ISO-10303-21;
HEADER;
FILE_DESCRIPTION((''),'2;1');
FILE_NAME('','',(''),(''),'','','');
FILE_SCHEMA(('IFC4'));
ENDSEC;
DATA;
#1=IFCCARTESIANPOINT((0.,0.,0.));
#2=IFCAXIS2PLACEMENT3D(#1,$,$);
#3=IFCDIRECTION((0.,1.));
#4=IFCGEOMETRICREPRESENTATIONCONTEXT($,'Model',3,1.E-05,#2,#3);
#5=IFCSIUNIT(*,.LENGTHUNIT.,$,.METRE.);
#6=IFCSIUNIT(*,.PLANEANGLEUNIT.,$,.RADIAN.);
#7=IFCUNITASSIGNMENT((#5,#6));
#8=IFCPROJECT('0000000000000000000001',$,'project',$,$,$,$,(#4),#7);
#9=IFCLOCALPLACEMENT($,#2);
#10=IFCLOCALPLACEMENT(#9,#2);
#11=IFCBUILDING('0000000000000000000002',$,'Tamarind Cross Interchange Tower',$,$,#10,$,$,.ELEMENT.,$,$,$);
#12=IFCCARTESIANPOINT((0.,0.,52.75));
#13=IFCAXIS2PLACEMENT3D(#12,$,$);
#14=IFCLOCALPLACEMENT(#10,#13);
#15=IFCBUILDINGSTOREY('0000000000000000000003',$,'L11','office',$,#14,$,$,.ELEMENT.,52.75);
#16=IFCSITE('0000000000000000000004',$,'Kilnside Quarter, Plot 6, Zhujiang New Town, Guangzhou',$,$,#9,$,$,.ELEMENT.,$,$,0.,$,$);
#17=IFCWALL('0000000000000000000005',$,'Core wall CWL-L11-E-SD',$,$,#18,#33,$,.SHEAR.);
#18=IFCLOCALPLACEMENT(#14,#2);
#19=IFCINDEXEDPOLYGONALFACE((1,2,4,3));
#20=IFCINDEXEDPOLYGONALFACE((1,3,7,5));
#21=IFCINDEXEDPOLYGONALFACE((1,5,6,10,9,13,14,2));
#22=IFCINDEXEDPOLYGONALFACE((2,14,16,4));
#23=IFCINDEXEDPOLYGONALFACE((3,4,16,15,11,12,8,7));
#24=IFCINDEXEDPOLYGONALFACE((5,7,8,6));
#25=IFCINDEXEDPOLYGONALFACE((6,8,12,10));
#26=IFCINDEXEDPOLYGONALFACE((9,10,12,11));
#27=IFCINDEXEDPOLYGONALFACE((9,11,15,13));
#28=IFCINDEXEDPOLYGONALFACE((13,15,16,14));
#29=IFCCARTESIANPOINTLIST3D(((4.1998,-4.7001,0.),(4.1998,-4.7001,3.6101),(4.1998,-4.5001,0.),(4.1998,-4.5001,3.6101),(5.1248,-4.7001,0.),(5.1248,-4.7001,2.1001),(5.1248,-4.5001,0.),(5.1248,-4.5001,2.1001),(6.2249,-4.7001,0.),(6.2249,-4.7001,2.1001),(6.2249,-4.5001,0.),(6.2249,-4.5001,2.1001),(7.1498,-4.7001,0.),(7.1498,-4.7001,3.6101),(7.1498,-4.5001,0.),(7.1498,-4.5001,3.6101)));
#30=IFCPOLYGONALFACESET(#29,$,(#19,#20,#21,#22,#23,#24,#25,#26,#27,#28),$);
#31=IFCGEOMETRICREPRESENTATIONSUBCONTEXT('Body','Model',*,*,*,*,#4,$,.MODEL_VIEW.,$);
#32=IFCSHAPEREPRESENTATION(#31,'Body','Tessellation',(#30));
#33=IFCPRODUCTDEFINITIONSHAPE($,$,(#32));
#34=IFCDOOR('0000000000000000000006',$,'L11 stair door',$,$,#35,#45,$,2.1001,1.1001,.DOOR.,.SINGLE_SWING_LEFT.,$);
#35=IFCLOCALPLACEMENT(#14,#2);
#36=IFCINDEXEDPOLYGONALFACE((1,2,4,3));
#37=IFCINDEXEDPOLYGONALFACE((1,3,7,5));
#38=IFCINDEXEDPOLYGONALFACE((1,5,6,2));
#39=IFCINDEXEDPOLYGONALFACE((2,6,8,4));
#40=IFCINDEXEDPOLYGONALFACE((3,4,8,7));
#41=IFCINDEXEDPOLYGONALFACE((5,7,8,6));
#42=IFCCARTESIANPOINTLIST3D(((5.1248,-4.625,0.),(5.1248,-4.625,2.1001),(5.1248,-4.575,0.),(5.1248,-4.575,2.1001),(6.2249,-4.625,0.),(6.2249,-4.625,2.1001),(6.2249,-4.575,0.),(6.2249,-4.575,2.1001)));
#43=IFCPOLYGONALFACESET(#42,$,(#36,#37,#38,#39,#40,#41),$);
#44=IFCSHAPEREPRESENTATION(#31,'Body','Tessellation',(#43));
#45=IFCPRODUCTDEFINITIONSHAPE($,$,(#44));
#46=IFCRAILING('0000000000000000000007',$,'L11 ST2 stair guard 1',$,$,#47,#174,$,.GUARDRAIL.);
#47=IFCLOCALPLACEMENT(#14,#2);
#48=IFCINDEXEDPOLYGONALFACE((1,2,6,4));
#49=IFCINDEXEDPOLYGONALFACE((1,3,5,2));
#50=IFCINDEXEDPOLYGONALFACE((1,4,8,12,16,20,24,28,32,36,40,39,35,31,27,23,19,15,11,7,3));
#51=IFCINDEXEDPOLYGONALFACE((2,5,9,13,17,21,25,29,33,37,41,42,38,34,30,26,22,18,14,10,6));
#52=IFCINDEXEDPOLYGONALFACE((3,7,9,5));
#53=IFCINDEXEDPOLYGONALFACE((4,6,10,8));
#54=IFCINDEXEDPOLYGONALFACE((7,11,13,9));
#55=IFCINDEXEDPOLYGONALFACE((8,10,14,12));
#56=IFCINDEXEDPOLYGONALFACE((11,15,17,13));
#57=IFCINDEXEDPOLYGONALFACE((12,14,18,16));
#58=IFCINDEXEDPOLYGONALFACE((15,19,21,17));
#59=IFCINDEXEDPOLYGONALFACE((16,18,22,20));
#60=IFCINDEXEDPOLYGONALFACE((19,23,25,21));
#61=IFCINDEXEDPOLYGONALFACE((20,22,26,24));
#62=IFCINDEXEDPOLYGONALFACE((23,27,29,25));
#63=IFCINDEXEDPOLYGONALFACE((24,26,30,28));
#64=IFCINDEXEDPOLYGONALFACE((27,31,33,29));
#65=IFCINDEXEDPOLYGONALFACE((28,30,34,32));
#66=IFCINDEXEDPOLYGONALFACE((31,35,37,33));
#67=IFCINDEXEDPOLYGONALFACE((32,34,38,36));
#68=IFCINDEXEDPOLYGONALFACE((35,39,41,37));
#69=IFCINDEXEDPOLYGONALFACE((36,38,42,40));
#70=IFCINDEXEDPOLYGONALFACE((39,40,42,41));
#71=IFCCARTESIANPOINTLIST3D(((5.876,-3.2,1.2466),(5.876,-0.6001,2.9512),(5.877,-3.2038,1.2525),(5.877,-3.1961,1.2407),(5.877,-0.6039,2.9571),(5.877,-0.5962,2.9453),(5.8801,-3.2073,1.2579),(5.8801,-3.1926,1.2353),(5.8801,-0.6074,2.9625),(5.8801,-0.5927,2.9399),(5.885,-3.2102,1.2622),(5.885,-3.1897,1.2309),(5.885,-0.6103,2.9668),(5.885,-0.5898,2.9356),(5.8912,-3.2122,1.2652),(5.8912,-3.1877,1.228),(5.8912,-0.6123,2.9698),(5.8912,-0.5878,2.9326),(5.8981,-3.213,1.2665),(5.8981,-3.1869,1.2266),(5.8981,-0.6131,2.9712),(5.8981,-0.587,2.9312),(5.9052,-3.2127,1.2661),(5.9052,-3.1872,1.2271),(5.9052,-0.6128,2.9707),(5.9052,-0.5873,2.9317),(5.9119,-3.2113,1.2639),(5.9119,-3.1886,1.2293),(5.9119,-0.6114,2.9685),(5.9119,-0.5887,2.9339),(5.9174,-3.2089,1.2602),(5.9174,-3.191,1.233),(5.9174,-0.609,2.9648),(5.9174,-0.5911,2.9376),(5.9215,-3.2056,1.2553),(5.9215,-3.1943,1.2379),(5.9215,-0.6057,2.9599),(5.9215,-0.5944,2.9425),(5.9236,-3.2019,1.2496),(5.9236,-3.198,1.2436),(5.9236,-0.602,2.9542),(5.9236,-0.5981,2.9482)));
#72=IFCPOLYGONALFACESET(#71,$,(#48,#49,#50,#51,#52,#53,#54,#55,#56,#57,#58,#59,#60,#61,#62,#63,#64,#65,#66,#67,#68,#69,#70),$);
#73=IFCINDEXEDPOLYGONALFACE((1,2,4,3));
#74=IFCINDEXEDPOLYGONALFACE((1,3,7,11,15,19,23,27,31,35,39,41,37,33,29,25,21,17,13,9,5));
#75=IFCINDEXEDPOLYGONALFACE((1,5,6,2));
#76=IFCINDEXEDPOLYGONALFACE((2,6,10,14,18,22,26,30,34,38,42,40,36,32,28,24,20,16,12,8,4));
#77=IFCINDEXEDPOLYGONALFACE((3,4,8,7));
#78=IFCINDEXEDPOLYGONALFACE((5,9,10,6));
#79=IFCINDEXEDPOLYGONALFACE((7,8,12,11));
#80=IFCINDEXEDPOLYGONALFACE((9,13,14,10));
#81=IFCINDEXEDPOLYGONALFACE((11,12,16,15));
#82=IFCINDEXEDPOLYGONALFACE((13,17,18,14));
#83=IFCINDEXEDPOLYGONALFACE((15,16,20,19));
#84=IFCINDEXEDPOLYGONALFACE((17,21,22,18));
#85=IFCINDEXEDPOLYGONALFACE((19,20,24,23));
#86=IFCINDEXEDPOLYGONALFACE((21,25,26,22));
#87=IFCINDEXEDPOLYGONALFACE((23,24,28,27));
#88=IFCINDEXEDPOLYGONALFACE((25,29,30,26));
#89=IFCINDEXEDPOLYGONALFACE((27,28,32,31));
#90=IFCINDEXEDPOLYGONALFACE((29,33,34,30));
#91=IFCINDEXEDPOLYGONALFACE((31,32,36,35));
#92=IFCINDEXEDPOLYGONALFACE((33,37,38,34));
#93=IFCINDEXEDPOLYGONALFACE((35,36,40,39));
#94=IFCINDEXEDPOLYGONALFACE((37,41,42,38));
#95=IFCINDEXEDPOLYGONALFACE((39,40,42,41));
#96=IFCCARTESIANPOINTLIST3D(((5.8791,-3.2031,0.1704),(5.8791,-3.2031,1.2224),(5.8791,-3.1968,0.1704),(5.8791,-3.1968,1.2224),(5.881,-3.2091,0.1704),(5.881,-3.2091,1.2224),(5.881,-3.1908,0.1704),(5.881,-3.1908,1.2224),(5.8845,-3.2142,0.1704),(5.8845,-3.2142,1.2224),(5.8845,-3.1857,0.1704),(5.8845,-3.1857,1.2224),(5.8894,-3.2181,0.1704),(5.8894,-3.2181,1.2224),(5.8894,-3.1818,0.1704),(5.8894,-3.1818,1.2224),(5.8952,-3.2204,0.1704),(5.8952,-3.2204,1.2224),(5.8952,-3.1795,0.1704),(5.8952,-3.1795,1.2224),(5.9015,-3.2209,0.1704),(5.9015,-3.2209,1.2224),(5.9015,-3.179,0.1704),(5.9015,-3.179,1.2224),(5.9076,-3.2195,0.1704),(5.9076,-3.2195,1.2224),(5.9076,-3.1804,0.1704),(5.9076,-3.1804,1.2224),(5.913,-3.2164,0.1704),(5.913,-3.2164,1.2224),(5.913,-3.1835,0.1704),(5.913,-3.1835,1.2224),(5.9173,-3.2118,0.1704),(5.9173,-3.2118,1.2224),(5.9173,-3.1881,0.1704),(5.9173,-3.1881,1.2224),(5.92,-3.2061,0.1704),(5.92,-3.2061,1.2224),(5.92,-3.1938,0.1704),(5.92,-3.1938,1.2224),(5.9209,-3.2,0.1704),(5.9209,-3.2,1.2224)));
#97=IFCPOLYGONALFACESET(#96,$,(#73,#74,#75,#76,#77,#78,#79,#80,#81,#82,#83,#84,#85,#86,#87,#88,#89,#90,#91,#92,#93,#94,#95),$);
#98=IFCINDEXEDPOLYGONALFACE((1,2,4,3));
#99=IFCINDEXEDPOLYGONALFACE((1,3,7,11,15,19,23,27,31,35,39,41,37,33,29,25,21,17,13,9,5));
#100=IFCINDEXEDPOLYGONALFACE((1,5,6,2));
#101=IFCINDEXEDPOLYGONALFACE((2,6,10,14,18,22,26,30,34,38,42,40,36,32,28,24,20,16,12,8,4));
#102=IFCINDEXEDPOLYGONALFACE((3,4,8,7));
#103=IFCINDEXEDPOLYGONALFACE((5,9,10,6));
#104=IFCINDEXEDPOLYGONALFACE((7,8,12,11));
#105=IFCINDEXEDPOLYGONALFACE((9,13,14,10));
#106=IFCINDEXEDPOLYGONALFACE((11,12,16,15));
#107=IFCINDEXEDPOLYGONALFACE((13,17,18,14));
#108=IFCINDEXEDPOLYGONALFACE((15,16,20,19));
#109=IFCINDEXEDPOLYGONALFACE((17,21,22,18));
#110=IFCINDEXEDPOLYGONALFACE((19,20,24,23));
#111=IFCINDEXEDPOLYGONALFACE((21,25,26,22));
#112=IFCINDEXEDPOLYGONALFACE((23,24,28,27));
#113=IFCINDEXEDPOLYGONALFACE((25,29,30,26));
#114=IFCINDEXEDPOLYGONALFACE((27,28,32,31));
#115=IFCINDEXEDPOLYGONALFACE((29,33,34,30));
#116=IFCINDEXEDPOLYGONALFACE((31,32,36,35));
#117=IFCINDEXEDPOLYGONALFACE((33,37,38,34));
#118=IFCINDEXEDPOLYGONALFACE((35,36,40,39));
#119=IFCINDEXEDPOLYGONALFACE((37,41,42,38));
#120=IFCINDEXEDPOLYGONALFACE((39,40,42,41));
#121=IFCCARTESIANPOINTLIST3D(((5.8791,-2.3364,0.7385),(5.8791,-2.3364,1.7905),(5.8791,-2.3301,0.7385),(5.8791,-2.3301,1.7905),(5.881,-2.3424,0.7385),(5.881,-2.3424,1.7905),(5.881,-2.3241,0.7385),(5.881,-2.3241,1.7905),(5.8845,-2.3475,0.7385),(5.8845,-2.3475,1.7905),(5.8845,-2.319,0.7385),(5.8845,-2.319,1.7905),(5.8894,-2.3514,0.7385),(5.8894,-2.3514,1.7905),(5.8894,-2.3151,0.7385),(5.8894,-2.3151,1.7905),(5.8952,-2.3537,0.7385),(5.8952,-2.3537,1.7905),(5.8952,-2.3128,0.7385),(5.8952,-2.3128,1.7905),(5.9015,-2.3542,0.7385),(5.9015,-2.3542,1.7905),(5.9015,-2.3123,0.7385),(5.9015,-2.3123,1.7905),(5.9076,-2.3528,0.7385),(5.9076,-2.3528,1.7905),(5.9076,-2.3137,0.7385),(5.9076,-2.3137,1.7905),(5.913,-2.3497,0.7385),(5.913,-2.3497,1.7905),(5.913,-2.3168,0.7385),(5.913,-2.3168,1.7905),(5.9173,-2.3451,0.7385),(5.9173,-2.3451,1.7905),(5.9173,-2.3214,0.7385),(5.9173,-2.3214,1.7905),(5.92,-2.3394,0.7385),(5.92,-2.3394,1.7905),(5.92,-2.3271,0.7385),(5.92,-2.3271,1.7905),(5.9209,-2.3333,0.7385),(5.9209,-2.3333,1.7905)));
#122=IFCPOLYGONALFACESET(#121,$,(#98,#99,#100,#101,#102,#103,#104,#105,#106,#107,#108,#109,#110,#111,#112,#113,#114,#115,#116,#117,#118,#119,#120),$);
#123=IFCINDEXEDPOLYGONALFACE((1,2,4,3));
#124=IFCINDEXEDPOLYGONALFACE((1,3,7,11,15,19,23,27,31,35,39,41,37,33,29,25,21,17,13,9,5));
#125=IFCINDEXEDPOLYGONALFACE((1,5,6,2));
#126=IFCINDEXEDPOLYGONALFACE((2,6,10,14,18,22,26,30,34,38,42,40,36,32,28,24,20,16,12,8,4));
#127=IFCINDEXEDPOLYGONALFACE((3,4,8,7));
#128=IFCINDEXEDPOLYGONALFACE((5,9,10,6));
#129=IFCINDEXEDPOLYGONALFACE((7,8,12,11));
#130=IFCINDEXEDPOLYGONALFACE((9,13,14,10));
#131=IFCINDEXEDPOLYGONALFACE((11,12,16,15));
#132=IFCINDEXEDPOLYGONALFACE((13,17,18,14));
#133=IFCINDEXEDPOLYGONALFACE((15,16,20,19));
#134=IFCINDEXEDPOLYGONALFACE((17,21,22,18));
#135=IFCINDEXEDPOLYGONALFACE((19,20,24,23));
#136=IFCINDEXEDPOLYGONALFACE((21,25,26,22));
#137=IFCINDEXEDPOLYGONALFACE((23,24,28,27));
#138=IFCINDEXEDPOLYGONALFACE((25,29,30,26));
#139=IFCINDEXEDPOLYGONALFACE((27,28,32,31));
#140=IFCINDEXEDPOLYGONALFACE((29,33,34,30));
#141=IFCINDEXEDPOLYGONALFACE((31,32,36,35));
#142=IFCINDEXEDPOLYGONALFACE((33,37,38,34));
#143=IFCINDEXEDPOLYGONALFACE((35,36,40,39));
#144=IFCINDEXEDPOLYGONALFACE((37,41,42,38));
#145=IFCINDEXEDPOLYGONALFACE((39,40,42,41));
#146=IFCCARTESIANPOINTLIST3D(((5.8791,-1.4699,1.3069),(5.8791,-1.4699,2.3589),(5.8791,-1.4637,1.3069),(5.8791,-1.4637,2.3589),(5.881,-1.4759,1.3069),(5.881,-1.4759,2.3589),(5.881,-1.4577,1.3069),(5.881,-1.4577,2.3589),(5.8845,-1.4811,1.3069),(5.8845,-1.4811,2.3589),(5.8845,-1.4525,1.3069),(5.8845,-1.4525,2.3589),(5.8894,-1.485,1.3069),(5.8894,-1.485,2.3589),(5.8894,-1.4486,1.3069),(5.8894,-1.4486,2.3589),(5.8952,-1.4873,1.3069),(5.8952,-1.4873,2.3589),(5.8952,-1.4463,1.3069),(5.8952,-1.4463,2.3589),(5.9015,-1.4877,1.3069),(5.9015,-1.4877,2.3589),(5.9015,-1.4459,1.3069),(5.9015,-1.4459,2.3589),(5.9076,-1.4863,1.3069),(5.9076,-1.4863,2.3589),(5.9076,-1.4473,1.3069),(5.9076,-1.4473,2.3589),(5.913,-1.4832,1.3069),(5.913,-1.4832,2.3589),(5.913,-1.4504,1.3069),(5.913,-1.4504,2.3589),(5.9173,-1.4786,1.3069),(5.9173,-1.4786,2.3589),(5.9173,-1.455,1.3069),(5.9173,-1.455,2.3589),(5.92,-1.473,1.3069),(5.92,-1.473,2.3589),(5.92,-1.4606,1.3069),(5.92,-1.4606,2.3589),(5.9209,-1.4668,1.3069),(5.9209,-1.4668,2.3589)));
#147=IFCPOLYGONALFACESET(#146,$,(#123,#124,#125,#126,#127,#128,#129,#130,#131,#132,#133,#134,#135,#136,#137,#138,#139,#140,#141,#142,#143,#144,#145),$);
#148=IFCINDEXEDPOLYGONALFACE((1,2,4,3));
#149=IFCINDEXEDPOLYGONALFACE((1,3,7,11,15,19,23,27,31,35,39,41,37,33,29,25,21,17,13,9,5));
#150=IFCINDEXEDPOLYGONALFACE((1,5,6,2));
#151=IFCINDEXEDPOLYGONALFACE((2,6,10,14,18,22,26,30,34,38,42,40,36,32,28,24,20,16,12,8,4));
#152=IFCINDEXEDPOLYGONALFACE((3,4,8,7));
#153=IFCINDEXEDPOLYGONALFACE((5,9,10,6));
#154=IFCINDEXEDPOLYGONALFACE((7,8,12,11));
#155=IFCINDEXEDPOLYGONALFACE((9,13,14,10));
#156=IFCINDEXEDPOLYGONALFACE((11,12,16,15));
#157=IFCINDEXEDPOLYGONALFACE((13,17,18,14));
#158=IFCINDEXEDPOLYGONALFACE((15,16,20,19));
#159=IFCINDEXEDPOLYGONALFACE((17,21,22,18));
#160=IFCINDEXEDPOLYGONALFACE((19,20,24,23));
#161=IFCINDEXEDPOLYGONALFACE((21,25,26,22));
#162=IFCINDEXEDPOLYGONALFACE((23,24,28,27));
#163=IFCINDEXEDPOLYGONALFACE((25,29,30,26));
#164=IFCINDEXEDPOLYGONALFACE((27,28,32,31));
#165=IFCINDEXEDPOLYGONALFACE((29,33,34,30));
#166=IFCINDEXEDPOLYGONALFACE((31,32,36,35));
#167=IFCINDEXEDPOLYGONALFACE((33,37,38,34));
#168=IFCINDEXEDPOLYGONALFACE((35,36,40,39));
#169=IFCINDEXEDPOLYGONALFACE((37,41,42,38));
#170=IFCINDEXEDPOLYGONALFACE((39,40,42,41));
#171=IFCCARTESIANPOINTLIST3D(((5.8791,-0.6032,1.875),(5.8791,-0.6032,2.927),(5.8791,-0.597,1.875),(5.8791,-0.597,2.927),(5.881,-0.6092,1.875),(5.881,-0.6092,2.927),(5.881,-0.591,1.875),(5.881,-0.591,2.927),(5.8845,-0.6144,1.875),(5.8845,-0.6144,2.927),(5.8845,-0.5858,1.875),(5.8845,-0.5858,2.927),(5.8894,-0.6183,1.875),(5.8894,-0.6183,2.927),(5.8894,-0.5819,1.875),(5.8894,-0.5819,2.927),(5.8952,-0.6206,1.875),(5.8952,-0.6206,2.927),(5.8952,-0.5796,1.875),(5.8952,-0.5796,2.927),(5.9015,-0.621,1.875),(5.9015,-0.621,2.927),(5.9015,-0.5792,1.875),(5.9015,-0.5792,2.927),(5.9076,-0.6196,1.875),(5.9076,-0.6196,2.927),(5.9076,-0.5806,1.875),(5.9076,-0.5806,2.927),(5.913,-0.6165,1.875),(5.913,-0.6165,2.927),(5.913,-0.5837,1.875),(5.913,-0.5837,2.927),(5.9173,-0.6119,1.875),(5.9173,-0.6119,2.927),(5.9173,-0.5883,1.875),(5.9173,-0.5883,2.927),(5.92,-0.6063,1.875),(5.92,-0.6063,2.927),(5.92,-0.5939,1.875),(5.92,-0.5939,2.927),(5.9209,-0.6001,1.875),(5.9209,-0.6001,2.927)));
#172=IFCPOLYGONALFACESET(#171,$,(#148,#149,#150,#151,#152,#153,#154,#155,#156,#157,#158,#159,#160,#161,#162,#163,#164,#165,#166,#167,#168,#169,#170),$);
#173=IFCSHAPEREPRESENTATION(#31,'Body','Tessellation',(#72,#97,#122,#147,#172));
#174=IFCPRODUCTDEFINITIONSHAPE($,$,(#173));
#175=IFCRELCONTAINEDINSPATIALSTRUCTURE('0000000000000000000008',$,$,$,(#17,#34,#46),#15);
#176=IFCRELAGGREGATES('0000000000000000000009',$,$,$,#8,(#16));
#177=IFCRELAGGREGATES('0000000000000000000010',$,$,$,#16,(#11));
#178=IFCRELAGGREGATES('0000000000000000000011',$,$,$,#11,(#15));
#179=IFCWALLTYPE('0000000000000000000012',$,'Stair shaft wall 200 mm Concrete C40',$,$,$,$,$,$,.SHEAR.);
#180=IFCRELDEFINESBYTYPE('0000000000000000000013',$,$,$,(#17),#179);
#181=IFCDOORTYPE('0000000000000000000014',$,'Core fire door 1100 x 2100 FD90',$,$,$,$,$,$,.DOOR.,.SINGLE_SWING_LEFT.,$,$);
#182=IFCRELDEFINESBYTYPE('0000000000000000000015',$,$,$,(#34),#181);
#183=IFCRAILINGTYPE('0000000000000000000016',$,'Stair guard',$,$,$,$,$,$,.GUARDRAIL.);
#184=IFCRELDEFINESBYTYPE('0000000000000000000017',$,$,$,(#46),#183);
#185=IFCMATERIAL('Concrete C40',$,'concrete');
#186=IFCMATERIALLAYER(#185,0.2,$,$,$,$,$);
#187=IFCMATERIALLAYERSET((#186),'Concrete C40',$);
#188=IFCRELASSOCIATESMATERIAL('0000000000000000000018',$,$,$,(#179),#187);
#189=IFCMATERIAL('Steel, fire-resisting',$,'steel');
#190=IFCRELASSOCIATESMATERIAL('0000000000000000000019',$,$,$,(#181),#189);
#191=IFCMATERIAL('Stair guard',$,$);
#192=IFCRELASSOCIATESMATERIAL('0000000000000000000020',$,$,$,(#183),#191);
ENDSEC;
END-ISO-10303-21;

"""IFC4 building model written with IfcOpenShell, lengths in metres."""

from ifc_helpers import new_model, si_unit, direction, frame, frame_2d, origin, origin_2d, place, context, subcontext, project, spatial, rectangle, circle, extrude, material, layer, layer_set, type_object, element, fill, save


model = new_model("IFC4")

# Units and contexts
model_context = context("Model", 3, precision=1e-05, world=origin(), true_north=direction((0.0, 1.0)))
body_context = subcontext(model_context, "Body", "Model", "MODEL_VIEW")
ifc_project = project(units=[si_unit("LENGTHUNIT", "METRE"), si_unit("PLANEANGLEUNIT", "RADIAN")], contexts=[model_context])

# Site, building, storey
site_placement = place(None, origin())
site = spatial("IfcSite", under=ifc_project, at=site_placement, Name="Kilnside Quarter, Plot 6, Zhujiang New Town, Guangzhou", CompositionType="ELEMENT", RefElevation=0.0)
building_placement = place(site_placement, origin())
building = spatial("IfcBuilding", under=site, at=building_placement, Name="Tamarind Cross Interchange Tower", CompositionType="ELEMENT")
storey_placement = place(building_placement, frame((0.0, 0.0, 52.75)))
storey = spatial("IfcBuildingStorey", under=building, at=storey_placement, Name="L11", Description="office", CompositionType="ELEMENT", Elevation=52.75)

# Shared definitions
ifc_material_1 = material(Name="Steel, fire-resisting", Category="steel")

# Wall, opening, door
ifc_material_2 = material(Name="Concrete C40", Category="concrete")
ifc_layer_1 = layer(ifc_material_2, 0.2)
ifc_layer_set_1 = layer_set([ifc_layer_1], Name="Concrete C40")
wall_type_1 = type_object("IfcWallType", Name="Stair shaft wall 200 mm Concrete C40", PredefinedType="SHEAR", material=ifc_layer_set_1)
wall_1_placement = place(storey_placement, frame((7.1499, -4.6001, 0.0), z_axis=(0.0, 0.0, 1.0), x_axis=(-1.0, 0.0, 0.0)))
wall_1 = element("IfcWall", 1, at=wall_1_placement, inside=storey, type_object=wall_type_1, Name="Core wall CWL-L11-E-SD", PredefinedType="SHEAR", context=body_context, shape_type="SweptSolid", body=[
    extrude(rectangle(XDim=2.95, YDim=0.2, at=frame_2d((1.4751, 0.0))), origin(), (0.0, 0.0, 1.0), 3.6101),
])
opening_1_placement = place(wall_1_placement, frame((0.925, 0.0, 0.0)))
opening_1 = element("IfcOpeningElement", 2, at=opening_1_placement, cuts=wall_1, PredefinedType="OPENING", context=body_context, shape_type="SweptSolid", body=[
    extrude(rectangle(XDim=1.1001, YDim=2.1001, at=frame_2d((0.55, 1.05))), frame((0.0, 0.1099, 0.0), z_axis=(0.0, -1.0, 0.0), x_axis=(1.0, 0.0, 0.0)), (0.0, 0.0, 1.0), 0.22),
])
door_type_1 = type_object("IfcDoorType", Name="Core fire door 1100 x 2100 FD90", OperationType="SINGLE_SWING_LEFT", PredefinedType="DOOR", material=ifc_material_1)
door_1_placement = place(opening_1_placement, origin())
door_1 = element("IfcDoor", 3, at=door_1_placement, inside=storey, type_object=door_type_1, Name="L11 stair door", OperationType="SINGLE_SWING_LEFT", OverallHeight=2.1001, OverallWidth=1.1001, PredefinedType="DOOR", context=body_context, shape_type="SweptSolid", body=[
    extrude(rectangle(XDim=1.1001, YDim=2.1001, at=frame_2d((0.55, 1.05))), frame((0.0, 0.0249, 0.0), z_axis=(0.0, -1.0, 0.0), x_axis=(1.0, 0.0, 0.0)), (0.0, 0.0, 1.0), 0.05),
])
fill(opening_1, door_1)

# Railing
ifc_material_3 = material(Name="Stair guard")
railing_type = type_object("IfcRailingType", Name="Stair guard", PredefinedType="GUARDRAIL", material=ifc_material_3)
railing_1_placement = place(storey_placement, frame((5.8999, -3.2, 0.1704)))
element("IfcRailing", 4, at=railing_1_placement, inside=storey, type_object=railing_type, Name="L11 ST2 stair guard 1", PredefinedType="GUARDRAIL", context=body_context, shape_type="SweptSolid", body=[
    extrude(circle(Radius=0.0239, at=origin_2d()), frame((0.0, 0.0, 1.0762), z_axis=(0.0, 0.836279, 0.548305), x_axis=(-1.0, 0.0, 0.0)), (0.0, 0.0, 1.0), 3.1089),
    extrude(circle(Radius=0.021, at=origin_2d()), origin(), (0.0, 0.0, 1.0), 1.052),
    extrude(circle(Radius=0.021, at=origin_2d()), frame((0.0, 0.8667, 0.5681)), (0.0, 0.0, 1.0), 1.052),
    extrude(circle(Radius=0.021, at=origin_2d()), frame((0.0, 1.7332, 1.1365)), (0.0, 0.0, 1.0), 1.052),
    extrude(circle(Radius=0.021, at=origin_2d()), frame((0.0, 2.5999, 1.7046)), (0.0, 0.0, 1.0), 1.052),
])

save(model, "model.ifc")
